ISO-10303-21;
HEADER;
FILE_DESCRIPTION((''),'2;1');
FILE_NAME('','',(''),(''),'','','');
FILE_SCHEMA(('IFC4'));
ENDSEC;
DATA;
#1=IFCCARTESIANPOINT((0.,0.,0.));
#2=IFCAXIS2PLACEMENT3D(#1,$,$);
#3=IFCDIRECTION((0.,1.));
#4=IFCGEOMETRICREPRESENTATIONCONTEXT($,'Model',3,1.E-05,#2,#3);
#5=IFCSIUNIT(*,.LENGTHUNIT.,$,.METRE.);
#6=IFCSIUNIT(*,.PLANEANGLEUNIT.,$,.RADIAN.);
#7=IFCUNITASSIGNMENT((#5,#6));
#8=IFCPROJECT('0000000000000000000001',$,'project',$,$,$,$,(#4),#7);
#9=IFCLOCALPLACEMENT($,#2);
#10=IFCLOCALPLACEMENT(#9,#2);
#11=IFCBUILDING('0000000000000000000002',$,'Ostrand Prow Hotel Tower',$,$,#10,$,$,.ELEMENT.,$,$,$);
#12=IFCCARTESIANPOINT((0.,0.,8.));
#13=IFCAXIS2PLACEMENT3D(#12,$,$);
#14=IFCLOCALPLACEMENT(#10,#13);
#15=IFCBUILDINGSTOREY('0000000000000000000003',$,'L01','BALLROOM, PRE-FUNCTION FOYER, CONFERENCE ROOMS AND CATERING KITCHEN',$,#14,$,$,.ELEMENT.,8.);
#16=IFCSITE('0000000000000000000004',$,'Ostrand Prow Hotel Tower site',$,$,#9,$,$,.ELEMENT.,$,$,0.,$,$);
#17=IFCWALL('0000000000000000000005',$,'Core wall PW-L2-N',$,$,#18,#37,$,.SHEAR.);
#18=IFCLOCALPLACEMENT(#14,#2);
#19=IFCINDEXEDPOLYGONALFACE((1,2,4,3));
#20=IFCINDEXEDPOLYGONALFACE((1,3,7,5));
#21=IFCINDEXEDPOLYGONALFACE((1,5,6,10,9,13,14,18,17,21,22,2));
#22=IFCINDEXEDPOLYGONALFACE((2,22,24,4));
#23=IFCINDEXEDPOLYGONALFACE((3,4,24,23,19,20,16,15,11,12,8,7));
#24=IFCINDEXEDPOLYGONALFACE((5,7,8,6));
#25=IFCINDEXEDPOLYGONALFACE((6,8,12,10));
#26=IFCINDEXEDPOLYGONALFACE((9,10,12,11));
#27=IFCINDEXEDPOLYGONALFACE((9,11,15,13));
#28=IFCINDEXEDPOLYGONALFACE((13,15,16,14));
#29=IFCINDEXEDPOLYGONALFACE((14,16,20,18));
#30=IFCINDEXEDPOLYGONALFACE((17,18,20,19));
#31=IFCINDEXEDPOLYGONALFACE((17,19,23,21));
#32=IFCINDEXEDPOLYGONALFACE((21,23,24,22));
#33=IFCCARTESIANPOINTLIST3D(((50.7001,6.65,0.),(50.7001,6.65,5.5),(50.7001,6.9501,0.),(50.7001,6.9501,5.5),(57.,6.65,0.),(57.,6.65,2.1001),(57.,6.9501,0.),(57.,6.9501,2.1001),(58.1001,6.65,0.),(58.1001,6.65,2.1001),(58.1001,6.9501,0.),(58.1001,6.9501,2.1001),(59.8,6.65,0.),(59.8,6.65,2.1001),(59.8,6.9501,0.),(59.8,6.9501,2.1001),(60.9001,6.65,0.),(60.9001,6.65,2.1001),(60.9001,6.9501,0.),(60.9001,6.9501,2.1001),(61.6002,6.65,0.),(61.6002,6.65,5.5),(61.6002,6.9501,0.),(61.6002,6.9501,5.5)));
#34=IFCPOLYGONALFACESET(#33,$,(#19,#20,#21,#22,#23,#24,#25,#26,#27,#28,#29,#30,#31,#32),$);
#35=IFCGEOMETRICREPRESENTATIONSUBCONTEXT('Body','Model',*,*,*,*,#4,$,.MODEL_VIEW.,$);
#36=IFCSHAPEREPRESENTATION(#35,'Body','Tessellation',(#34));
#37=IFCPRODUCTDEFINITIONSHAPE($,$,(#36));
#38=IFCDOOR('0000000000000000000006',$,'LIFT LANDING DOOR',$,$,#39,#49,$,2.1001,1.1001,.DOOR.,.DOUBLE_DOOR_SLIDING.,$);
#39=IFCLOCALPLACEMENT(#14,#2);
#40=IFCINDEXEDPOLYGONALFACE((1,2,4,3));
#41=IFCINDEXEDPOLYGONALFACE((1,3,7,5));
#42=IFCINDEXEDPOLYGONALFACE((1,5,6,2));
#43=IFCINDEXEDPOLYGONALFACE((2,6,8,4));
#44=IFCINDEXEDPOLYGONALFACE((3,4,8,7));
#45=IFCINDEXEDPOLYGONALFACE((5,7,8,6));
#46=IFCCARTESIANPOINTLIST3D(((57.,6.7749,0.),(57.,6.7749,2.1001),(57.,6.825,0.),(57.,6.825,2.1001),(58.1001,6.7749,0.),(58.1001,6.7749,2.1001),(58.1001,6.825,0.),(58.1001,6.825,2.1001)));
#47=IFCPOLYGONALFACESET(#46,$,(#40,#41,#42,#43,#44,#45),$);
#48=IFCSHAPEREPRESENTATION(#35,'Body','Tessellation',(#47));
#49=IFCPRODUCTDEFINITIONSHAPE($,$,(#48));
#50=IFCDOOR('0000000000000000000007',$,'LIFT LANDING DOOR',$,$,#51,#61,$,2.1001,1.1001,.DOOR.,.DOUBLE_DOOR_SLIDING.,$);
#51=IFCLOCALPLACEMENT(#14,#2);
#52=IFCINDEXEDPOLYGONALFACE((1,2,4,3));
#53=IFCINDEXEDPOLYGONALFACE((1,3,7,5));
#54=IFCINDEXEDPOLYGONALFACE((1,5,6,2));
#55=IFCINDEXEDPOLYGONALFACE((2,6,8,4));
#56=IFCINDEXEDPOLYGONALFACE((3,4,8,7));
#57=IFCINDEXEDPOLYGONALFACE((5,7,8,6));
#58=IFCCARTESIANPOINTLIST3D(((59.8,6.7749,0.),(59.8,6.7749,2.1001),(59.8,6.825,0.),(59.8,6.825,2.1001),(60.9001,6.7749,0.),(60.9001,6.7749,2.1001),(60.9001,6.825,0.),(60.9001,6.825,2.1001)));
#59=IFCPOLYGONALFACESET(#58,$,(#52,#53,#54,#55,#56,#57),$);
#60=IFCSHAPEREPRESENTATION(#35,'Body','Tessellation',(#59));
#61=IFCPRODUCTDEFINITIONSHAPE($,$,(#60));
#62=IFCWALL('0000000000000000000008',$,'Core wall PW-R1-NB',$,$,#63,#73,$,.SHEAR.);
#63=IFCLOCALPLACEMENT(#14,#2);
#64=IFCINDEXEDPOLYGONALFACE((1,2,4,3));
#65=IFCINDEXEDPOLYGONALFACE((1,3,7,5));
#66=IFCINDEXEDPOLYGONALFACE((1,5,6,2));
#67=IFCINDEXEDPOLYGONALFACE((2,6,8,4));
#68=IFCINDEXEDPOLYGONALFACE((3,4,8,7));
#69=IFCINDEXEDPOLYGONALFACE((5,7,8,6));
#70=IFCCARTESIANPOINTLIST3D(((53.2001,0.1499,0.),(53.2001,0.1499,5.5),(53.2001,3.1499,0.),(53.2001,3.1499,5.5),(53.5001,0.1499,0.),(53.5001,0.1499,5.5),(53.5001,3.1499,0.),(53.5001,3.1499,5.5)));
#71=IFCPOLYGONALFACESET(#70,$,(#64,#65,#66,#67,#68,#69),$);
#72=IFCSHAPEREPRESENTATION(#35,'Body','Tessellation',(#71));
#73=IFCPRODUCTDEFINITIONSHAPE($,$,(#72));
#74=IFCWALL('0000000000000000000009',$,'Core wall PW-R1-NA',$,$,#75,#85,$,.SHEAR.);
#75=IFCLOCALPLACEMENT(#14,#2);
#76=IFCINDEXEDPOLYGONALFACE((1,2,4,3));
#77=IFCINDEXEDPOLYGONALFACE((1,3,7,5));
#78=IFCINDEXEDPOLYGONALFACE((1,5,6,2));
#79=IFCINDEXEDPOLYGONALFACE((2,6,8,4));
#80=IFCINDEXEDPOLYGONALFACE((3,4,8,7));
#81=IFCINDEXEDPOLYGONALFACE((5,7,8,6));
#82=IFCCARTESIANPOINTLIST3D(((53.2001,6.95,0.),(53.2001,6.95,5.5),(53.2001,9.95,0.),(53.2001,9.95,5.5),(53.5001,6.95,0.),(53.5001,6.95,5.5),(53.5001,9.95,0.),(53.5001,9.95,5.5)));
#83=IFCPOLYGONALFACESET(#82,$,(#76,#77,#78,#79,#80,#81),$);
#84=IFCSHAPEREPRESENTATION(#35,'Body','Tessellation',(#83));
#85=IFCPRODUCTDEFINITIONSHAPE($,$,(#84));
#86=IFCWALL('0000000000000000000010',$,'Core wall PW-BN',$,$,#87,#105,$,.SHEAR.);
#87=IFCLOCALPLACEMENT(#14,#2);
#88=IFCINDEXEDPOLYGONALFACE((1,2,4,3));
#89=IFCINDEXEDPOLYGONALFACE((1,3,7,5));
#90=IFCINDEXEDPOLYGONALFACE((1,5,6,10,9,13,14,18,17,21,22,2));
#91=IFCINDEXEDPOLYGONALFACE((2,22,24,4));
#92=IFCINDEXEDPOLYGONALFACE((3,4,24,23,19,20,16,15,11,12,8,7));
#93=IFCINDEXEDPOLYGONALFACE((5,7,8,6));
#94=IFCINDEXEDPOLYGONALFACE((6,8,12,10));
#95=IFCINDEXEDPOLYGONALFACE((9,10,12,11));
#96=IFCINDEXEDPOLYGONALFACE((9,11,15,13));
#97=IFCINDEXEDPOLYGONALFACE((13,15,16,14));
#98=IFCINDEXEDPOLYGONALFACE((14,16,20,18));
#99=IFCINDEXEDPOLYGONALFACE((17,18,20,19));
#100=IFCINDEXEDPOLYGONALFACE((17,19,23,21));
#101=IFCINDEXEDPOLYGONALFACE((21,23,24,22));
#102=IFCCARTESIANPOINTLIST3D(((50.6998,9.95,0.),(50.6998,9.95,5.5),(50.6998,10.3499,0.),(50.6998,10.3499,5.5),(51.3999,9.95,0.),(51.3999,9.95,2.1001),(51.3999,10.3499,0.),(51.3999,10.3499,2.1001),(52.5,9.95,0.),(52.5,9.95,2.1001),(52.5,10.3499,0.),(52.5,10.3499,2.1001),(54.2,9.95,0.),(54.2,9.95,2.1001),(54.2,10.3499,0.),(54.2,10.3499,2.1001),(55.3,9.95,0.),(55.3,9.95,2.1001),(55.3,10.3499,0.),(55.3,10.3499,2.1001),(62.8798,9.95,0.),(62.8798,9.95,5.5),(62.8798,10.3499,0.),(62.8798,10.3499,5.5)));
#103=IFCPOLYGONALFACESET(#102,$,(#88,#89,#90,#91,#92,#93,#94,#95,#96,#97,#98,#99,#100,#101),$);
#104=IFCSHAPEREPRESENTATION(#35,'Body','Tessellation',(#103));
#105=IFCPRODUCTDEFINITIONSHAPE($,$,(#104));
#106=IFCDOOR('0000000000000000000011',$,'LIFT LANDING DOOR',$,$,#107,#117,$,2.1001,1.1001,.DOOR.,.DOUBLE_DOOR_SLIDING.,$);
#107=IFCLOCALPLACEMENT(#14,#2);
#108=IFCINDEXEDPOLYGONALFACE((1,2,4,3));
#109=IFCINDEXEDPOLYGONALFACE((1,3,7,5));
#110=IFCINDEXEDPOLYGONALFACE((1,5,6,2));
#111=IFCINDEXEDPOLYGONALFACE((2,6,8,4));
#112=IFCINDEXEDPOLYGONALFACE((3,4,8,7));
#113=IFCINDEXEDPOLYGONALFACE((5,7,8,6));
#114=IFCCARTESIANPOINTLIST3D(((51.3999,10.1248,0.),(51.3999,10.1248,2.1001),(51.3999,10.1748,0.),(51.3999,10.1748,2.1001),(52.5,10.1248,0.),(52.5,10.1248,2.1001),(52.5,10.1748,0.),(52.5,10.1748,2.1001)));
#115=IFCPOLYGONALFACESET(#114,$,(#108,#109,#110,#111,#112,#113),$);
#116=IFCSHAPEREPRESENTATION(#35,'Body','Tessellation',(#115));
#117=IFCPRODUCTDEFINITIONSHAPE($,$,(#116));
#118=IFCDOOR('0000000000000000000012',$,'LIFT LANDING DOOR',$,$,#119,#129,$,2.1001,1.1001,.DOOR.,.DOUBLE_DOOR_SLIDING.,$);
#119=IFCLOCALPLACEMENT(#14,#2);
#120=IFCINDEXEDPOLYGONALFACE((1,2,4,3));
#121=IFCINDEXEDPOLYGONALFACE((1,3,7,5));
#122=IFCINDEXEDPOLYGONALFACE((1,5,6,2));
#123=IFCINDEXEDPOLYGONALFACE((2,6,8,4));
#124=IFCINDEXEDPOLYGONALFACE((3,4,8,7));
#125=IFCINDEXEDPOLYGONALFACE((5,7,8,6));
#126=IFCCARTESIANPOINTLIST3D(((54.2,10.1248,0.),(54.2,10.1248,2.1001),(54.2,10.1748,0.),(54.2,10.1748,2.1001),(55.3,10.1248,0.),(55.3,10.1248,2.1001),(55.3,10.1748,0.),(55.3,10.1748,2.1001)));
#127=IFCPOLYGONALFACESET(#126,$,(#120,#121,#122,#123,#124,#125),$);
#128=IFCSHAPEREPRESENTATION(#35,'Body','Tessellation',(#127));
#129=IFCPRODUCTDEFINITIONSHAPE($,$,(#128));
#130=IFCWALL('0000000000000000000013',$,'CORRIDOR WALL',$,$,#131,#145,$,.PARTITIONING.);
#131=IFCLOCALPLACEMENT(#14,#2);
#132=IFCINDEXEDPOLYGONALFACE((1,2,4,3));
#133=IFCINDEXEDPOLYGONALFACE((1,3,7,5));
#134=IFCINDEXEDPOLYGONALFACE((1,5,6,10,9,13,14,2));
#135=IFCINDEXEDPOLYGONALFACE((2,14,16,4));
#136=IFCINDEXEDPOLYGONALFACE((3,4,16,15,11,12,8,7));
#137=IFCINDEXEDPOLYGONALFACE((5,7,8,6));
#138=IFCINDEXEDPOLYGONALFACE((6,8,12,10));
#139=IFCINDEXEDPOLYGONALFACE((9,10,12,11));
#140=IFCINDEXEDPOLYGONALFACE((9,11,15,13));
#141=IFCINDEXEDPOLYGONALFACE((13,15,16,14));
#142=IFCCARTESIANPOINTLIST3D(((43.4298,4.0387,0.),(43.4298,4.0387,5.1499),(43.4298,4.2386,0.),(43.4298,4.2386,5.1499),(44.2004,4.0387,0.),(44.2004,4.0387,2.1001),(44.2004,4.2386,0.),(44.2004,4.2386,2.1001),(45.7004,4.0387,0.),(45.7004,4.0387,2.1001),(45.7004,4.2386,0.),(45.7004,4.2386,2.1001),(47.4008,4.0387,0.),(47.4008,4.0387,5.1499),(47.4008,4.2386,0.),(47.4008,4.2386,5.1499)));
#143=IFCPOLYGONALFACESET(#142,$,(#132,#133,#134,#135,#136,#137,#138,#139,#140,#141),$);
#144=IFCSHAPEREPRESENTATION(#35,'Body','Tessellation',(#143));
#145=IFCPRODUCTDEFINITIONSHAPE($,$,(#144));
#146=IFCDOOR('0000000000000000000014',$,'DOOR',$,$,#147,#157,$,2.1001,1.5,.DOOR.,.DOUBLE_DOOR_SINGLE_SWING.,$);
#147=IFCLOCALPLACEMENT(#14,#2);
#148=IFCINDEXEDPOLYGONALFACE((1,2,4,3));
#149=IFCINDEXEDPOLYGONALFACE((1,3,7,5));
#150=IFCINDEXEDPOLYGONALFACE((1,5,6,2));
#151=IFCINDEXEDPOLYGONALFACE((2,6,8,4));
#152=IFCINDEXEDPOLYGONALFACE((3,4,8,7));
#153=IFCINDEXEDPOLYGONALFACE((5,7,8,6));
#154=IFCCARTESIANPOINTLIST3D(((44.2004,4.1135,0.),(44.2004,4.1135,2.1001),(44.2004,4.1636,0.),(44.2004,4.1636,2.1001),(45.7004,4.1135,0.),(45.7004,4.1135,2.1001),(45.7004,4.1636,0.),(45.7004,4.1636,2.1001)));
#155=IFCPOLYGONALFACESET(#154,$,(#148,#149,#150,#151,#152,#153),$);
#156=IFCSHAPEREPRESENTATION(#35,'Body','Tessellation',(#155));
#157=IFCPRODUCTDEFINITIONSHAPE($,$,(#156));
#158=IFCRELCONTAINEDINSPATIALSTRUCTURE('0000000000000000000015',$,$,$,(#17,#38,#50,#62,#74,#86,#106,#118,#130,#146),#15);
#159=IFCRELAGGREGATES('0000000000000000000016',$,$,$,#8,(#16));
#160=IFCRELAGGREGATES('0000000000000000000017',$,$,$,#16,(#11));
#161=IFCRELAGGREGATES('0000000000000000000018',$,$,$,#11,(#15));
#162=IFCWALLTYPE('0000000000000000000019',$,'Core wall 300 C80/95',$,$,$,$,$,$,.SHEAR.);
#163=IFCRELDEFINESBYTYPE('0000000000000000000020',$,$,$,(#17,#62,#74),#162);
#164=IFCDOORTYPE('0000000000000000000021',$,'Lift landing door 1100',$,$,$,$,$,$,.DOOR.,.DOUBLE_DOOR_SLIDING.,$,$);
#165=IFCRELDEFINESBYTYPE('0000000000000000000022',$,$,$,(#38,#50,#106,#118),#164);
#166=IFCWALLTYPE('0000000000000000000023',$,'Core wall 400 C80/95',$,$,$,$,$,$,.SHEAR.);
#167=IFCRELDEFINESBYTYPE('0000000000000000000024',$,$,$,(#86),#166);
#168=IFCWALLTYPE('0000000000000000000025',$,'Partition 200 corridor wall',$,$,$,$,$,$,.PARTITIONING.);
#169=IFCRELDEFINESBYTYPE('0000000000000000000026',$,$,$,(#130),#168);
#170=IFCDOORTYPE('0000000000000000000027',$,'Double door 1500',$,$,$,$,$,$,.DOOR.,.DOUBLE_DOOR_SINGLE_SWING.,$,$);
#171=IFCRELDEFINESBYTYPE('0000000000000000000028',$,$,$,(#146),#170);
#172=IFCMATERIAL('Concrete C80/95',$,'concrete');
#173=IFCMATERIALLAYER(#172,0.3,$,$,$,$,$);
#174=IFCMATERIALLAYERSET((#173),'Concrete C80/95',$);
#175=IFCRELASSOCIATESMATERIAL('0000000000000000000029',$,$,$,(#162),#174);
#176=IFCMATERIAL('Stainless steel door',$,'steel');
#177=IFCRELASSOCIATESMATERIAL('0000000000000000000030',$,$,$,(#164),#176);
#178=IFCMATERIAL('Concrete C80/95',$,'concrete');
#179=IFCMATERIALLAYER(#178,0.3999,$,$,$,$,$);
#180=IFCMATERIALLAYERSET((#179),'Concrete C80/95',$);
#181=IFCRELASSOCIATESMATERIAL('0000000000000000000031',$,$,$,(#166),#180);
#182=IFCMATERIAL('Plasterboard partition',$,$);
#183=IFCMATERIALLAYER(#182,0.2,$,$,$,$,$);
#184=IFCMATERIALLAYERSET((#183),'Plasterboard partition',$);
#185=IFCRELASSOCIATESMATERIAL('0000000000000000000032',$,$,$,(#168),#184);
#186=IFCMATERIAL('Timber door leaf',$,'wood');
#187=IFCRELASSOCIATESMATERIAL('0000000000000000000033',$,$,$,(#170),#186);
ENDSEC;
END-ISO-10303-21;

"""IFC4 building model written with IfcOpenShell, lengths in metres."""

from ifc_helpers import new_model, si_unit, direction, frame, frame_2d, origin, place, context, subcontext, project, spatial, rectangle, extrude, material, layer, layer_set, type_object, element, fill, save


model = new_model("IFC4")

# Units and contexts
model_context = context("Model", 3, precision=1e-05, world=origin(), true_north=direction((0.0, 1.0)))
body_context = subcontext(model_context, "Body", "Model", "MODEL_VIEW")
ifc_project = project(units=[si_unit("LENGTHUNIT", "METRE"), si_unit("PLANEANGLEUNIT", "RADIAN")], contexts=[model_context])

# Site, building, storey
site_placement = place(None, origin())
site = spatial("IfcSite", under=ifc_project, at=site_placement, Name="Ostrand Prow Hotel Tower site", CompositionType="ELEMENT", RefElevation=0.0)
building_placement = place(site_placement, origin())
building = spatial("IfcBuilding", under=site, at=building_placement, Name="Ostrand Prow Hotel Tower", CompositionType="ELEMENT")
storey_placement = place(building_placement, frame((0.0, 0.0, 8.0)))
storey = spatial("IfcBuildingStorey", under=building, at=storey_placement, Name="L01", Description="BALLROOM, PRE-FUNCTION FOYER, CONFERENCE ROOMS AND CATERING KITCHEN", CompositionType="ELEMENT", Elevation=8.0)

# Shared definitions
ifc_material_1 = material(Name="Concrete C80/95", Category="concrete")
ifc_layer_1 = layer(ifc_material_1, 0.3)
ifc_layer_set_1 = layer_set([ifc_layer_1], Name="Concrete C80/95")
wall_type_1 = type_object("IfcWallType", Name="Core wall 300 C80/95", PredefinedType="SHEAR", material=ifc_layer_set_1)

# Wall, openings, doors
wall_1_placement = place(storey_placement, frame((50.7, 6.8, 0.0), z_axis=(0.0, 0.0, 1.0), x_axis=(1.0, 0.0, 0.0)))
wall_1 = element("IfcWall", 1, at=wall_1_placement, inside=storey, type_object=wall_type_1, Name="Core wall PW-L2-N", PredefinedType="SHEAR", context=body_context, shape_type="SweptSolid", body=[
    extrude(rectangle(XDim=10.9001, YDim=0.3, at=frame_2d((5.4502, 0.0))), origin(), (0.0, 0.0, 1.0), 5.5),
])
opening_1_placement = place(wall_1_placement, frame((6.3, 0.0, 0.0)))
opening_1 = element("IfcOpeningElement", 2, at=opening_1_placement, cuts=wall_1, PredefinedType="OPENING", context=body_context, shape_type="SweptSolid", body=[
    extrude(rectangle(XDim=1.1001, YDim=2.1001, at=frame_2d((0.55, 1.05))), frame((0.0, 0.1599, 0.0), z_axis=(0.0, -1.0, 0.0), x_axis=(1.0, 0.0, 0.0)), (0.0, 0.0, 1.0), 0.3201),
])
opening_2_placement = place(wall_1_placement, frame((9.1001, 0.0, 0.0)))
opening_2 = element("IfcOpeningElement", 3, at=opening_2_placement, cuts=wall_1, PredefinedType="OPENING", context=body_context, shape_type="SweptSolid", body=[
    extrude(rectangle(XDim=1.1001, YDim=2.1001, at=frame_2d((0.55, 1.05))), frame((0.0, 0.1599, 0.0), z_axis=(0.0, -1.0, 0.0), x_axis=(1.0, 0.0, 0.0)), (0.0, 0.0, 1.0), 0.3201),
])
ifc_material_2 = material(Name="Stainless steel door", Category="steel")
door_type_1 = type_object("IfcDoorType", Name="Lift landing door 1100", OperationType="DOUBLE_DOOR_SLIDING", PredefinedType="DOOR", material=ifc_material_2)
door_1_placement = place(opening_1_placement, origin())
door_1 = element("IfcDoor", 4, at=door_1_placement, inside=storey, type_object=door_type_1, Name="LIFT LANDING DOOR", OperationType="DOUBLE_DOOR_SLIDING", OverallHeight=2.1001, OverallWidth=1.1001, PredefinedType="DOOR", context=body_context, shape_type="SweptSolid", body=[
    extrude(rectangle(XDim=1.1001, YDim=2.1001, at=frame_2d((0.55, 1.05))), frame((0.0, 0.0249, 0.0), z_axis=(0.0, -1.0, 0.0), x_axis=(1.0, 0.0, 0.0)), (0.0, 0.0, 1.0), 0.05),
])
fill(opening_1, door_1)
door_2_placement = place(opening_2_placement, origin())
door_2 = element("IfcDoor", 5, at=door_2_placement, inside=storey, type_object=door_type_1, Name="LIFT LANDING DOOR", OperationType="DOUBLE_DOOR_SLIDING", OverallHeight=2.1001, OverallWidth=1.1001, PredefinedType="DOOR", context=body_context, shape_type="SweptSolid", body=[
    extrude(rectangle(XDim=1.1001, YDim=2.1001, at=frame_2d((0.55, 1.05))), frame((0.0, 0.0249, 0.0), z_axis=(0.0, -1.0, 0.0), x_axis=(1.0, 0.0, 0.0)), (0.0, 0.0, 1.0), 0.05),
])
fill(opening_2, door_2)

# Walls
for number, where, z_axis, x_axis, name in (
    (6, (53.3501, 0.1499, 0.0), (0.0, 0.0, 1.0), (0.0, 1.0, 0.0), "Core wall PW-R1-NB"),
    (7, (53.3501, 6.95, 0.0), (0.0, 0.0, 1.0), (0.0, 1.0, 0.0), "Core wall PW-R1-NA"),
):
    element("IfcWall", number, at=place(storey_placement, frame(where, z_axis=z_axis, x_axis=x_axis)), inside=storey, type_object=wall_type_1, Name=name, PredefinedType="SHEAR", context=body_context, shape_type="SweptSolid", body=[
        extrude(rectangle(XDim=3.0, YDim=0.3, at=frame_2d((1.5, 0.0))), origin(), (0.0, 0.0, 1.0), 5.5),
    ])

# Wall, openings, doors
ifc_material_3 = material(Name="Concrete C80/95", Category="concrete")
ifc_layer_2 = layer(ifc_material_3, 0.3999)
ifc_layer_set_2 = layer_set([ifc_layer_2], Name="Concrete C80/95")
wall_type_2 = type_object("IfcWallType", Name="Core wall 400 C80/95", PredefinedType="SHEAR", material=ifc_layer_set_2)
wall_2_placement = place(storey_placement, frame((50.7, 10.1499, 0.0), z_axis=(0.0, 0.0, 1.0), x_axis=(1.0, 0.0, 0.0)))
wall_2 = element("IfcWall", 8, at=wall_2_placement, inside=storey, type_object=wall_type_2, Name="Core wall PW-BN", PredefinedType="SHEAR", context=body_context, shape_type="SweptSolid", body=[
    extrude(rectangle(XDim=12.1799, YDim=0.3999, at=frame_2d((6.0898, 0.0))), origin(), (0.0, 0.0, 1.0), 5.5),
])
opening_3_placement = place(wall_2_placement, frame((0.7, 0.0, 0.0)))
opening_3 = element("IfcOpeningElement", 9, at=opening_3_placement, cuts=wall_2, PredefinedType="OPENING", context=body_context, shape_type="SweptSolid", body=[
    extrude(rectangle(XDim=1.1001, YDim=2.1001, at=frame_2d((0.55, 1.05))), frame((0.0, 0.21, 0.0), z_axis=(0.0, -1.0, 0.0), x_axis=(1.0, 0.0, 0.0)), (0.0, 0.0, 1.0), 0.4199),
])
opening_4_placement = place(wall_2_placement, frame((3.5, 0.0, 0.0)))
opening_4 = element("IfcOpeningElement", 10, at=opening_4_placement, cuts=wall_2, PredefinedType="OPENING", context=body_context, shape_type="SweptSolid", body=[
    extrude(rectangle(XDim=1.1001, YDim=2.1001, at=frame_2d((0.55, 1.05))), frame((0.0, 0.21, 0.0), z_axis=(0.0, -1.0, 0.0), x_axis=(1.0, 0.0, 0.0)), (0.0, 0.0, 1.0), 0.4199),
])
door_3_placement = place(opening_3_placement, origin())
door_3 = element("IfcDoor", 11, at=door_3_placement, inside=storey, type_object=door_type_1, Name="LIFT LANDING DOOR", OperationType="DOUBLE_DOOR_SLIDING", OverallHeight=2.1001, OverallWidth=1.1001, PredefinedType="DOOR", context=body_context, shape_type="SweptSolid", body=[
    extrude(rectangle(XDim=1.1001, YDim=2.1001, at=frame_2d((0.55, 1.05))), frame((0.0, 0.0249, 0.0), z_axis=(0.0, -1.0, 0.0), x_axis=(1.0, 0.0, 0.0)), (0.0, 0.0, 1.0), 0.05),
])
fill(opening_3, door_3)
door_4_placement = place(opening_4_placement, origin())
door_4 = element("IfcDoor", 12, at=door_4_placement, inside=storey, type_object=door_type_1, Name="LIFT LANDING DOOR", OperationType="DOUBLE_DOOR_SLIDING", OverallHeight=2.1001, OverallWidth=1.1001, PredefinedType="DOOR", context=body_context, shape_type="SweptSolid", body=[
    extrude(rectangle(XDim=1.1001, YDim=2.1001, at=frame_2d((0.55, 1.05))), frame((0.0, 0.0249, 0.0), z_axis=(0.0, -1.0, 0.0), x_axis=(1.0, 0.0, 0.0)), (0.0, 0.0, 1.0), 0.05),
])
fill(opening_4, door_4)

# Wall, opening, door
ifc_material_4 = material(Name="Plasterboard partition")
ifc_layer_3 = layer(ifc_material_4, 0.2)
ifc_layer_set_3 = layer_set([ifc_layer_3], Name="Plasterboard partition")
wall_type_3 = type_object("IfcWallType", Name="Partition 200 corridor wall", PredefinedType="PARTITIONING", material=ifc_layer_set_3)
wall_3_placement = place(storey_placement, frame((43.4299, 4.1387, 0.0), z_axis=(0.0, 0.0, 1.0), x_axis=(1.0, 0.0, 0.0)))
wall_3 = element("IfcWall", 13, at=wall_3_placement, inside=storey, type_object=wall_type_3, Name="CORRIDOR WALL", PredefinedType="PARTITIONING", context=body_context, shape_type="SweptSolid", body=[
    extrude(rectangle(XDim=3.9709, YDim=0.2, at=frame_2d((1.9854, 0.0))), origin(), (0.0, 0.0, 1.0), 5.1499),
])
opening_5_placement = place(wall_3_placement, frame((0.7705, 0.0, 0.0)))
opening_5 = element("IfcOpeningElement", 14, at=opening_5_placement, cuts=wall_3, PredefinedType="OPENING", context=body_context, shape_type="SweptSolid", body=[
    extrude(rectangle(XDim=1.5, YDim=2.1001, at=frame_2d((0.75, 1.05))), frame((0.0, 0.1099, 0.0), z_axis=(0.0, -1.0, 0.0), x_axis=(1.0, 0.0, 0.0)), (0.0, 0.0, 1.0), 0.22),
])
ifc_material_5 = material(Name="Timber door leaf", Category="wood")
door_type_2 = type_object("IfcDoorType", Name="Double door 1500", OperationType="DOUBLE_DOOR_SINGLE_SWING", PredefinedType="DOOR", material=ifc_material_5)
door_5_placement = place(opening_5_placement, origin())
door_5 = element("IfcDoor", 15, at=door_5_placement, inside=storey, type_object=door_type_2, Name="DOOR", OperationType="DOUBLE_DOOR_SINGLE_SWING", OverallHeight=2.1001, OverallWidth=1.5, PredefinedType="DOOR", context=body_context, shape_type="SweptSolid", body=[
    extrude(rectangle(XDim=1.5, YDim=2.1001, at=frame_2d((0.75, 1.05))), frame((0.0, 0.0249, 0.0), z_axis=(0.0, -1.0, 0.0), x_axis=(1.0, 0.0, 0.0)), (0.0, 0.0, 1.0), 0.05),
])
fill(opening_5, door_5)

save(model, "model.ifc")
